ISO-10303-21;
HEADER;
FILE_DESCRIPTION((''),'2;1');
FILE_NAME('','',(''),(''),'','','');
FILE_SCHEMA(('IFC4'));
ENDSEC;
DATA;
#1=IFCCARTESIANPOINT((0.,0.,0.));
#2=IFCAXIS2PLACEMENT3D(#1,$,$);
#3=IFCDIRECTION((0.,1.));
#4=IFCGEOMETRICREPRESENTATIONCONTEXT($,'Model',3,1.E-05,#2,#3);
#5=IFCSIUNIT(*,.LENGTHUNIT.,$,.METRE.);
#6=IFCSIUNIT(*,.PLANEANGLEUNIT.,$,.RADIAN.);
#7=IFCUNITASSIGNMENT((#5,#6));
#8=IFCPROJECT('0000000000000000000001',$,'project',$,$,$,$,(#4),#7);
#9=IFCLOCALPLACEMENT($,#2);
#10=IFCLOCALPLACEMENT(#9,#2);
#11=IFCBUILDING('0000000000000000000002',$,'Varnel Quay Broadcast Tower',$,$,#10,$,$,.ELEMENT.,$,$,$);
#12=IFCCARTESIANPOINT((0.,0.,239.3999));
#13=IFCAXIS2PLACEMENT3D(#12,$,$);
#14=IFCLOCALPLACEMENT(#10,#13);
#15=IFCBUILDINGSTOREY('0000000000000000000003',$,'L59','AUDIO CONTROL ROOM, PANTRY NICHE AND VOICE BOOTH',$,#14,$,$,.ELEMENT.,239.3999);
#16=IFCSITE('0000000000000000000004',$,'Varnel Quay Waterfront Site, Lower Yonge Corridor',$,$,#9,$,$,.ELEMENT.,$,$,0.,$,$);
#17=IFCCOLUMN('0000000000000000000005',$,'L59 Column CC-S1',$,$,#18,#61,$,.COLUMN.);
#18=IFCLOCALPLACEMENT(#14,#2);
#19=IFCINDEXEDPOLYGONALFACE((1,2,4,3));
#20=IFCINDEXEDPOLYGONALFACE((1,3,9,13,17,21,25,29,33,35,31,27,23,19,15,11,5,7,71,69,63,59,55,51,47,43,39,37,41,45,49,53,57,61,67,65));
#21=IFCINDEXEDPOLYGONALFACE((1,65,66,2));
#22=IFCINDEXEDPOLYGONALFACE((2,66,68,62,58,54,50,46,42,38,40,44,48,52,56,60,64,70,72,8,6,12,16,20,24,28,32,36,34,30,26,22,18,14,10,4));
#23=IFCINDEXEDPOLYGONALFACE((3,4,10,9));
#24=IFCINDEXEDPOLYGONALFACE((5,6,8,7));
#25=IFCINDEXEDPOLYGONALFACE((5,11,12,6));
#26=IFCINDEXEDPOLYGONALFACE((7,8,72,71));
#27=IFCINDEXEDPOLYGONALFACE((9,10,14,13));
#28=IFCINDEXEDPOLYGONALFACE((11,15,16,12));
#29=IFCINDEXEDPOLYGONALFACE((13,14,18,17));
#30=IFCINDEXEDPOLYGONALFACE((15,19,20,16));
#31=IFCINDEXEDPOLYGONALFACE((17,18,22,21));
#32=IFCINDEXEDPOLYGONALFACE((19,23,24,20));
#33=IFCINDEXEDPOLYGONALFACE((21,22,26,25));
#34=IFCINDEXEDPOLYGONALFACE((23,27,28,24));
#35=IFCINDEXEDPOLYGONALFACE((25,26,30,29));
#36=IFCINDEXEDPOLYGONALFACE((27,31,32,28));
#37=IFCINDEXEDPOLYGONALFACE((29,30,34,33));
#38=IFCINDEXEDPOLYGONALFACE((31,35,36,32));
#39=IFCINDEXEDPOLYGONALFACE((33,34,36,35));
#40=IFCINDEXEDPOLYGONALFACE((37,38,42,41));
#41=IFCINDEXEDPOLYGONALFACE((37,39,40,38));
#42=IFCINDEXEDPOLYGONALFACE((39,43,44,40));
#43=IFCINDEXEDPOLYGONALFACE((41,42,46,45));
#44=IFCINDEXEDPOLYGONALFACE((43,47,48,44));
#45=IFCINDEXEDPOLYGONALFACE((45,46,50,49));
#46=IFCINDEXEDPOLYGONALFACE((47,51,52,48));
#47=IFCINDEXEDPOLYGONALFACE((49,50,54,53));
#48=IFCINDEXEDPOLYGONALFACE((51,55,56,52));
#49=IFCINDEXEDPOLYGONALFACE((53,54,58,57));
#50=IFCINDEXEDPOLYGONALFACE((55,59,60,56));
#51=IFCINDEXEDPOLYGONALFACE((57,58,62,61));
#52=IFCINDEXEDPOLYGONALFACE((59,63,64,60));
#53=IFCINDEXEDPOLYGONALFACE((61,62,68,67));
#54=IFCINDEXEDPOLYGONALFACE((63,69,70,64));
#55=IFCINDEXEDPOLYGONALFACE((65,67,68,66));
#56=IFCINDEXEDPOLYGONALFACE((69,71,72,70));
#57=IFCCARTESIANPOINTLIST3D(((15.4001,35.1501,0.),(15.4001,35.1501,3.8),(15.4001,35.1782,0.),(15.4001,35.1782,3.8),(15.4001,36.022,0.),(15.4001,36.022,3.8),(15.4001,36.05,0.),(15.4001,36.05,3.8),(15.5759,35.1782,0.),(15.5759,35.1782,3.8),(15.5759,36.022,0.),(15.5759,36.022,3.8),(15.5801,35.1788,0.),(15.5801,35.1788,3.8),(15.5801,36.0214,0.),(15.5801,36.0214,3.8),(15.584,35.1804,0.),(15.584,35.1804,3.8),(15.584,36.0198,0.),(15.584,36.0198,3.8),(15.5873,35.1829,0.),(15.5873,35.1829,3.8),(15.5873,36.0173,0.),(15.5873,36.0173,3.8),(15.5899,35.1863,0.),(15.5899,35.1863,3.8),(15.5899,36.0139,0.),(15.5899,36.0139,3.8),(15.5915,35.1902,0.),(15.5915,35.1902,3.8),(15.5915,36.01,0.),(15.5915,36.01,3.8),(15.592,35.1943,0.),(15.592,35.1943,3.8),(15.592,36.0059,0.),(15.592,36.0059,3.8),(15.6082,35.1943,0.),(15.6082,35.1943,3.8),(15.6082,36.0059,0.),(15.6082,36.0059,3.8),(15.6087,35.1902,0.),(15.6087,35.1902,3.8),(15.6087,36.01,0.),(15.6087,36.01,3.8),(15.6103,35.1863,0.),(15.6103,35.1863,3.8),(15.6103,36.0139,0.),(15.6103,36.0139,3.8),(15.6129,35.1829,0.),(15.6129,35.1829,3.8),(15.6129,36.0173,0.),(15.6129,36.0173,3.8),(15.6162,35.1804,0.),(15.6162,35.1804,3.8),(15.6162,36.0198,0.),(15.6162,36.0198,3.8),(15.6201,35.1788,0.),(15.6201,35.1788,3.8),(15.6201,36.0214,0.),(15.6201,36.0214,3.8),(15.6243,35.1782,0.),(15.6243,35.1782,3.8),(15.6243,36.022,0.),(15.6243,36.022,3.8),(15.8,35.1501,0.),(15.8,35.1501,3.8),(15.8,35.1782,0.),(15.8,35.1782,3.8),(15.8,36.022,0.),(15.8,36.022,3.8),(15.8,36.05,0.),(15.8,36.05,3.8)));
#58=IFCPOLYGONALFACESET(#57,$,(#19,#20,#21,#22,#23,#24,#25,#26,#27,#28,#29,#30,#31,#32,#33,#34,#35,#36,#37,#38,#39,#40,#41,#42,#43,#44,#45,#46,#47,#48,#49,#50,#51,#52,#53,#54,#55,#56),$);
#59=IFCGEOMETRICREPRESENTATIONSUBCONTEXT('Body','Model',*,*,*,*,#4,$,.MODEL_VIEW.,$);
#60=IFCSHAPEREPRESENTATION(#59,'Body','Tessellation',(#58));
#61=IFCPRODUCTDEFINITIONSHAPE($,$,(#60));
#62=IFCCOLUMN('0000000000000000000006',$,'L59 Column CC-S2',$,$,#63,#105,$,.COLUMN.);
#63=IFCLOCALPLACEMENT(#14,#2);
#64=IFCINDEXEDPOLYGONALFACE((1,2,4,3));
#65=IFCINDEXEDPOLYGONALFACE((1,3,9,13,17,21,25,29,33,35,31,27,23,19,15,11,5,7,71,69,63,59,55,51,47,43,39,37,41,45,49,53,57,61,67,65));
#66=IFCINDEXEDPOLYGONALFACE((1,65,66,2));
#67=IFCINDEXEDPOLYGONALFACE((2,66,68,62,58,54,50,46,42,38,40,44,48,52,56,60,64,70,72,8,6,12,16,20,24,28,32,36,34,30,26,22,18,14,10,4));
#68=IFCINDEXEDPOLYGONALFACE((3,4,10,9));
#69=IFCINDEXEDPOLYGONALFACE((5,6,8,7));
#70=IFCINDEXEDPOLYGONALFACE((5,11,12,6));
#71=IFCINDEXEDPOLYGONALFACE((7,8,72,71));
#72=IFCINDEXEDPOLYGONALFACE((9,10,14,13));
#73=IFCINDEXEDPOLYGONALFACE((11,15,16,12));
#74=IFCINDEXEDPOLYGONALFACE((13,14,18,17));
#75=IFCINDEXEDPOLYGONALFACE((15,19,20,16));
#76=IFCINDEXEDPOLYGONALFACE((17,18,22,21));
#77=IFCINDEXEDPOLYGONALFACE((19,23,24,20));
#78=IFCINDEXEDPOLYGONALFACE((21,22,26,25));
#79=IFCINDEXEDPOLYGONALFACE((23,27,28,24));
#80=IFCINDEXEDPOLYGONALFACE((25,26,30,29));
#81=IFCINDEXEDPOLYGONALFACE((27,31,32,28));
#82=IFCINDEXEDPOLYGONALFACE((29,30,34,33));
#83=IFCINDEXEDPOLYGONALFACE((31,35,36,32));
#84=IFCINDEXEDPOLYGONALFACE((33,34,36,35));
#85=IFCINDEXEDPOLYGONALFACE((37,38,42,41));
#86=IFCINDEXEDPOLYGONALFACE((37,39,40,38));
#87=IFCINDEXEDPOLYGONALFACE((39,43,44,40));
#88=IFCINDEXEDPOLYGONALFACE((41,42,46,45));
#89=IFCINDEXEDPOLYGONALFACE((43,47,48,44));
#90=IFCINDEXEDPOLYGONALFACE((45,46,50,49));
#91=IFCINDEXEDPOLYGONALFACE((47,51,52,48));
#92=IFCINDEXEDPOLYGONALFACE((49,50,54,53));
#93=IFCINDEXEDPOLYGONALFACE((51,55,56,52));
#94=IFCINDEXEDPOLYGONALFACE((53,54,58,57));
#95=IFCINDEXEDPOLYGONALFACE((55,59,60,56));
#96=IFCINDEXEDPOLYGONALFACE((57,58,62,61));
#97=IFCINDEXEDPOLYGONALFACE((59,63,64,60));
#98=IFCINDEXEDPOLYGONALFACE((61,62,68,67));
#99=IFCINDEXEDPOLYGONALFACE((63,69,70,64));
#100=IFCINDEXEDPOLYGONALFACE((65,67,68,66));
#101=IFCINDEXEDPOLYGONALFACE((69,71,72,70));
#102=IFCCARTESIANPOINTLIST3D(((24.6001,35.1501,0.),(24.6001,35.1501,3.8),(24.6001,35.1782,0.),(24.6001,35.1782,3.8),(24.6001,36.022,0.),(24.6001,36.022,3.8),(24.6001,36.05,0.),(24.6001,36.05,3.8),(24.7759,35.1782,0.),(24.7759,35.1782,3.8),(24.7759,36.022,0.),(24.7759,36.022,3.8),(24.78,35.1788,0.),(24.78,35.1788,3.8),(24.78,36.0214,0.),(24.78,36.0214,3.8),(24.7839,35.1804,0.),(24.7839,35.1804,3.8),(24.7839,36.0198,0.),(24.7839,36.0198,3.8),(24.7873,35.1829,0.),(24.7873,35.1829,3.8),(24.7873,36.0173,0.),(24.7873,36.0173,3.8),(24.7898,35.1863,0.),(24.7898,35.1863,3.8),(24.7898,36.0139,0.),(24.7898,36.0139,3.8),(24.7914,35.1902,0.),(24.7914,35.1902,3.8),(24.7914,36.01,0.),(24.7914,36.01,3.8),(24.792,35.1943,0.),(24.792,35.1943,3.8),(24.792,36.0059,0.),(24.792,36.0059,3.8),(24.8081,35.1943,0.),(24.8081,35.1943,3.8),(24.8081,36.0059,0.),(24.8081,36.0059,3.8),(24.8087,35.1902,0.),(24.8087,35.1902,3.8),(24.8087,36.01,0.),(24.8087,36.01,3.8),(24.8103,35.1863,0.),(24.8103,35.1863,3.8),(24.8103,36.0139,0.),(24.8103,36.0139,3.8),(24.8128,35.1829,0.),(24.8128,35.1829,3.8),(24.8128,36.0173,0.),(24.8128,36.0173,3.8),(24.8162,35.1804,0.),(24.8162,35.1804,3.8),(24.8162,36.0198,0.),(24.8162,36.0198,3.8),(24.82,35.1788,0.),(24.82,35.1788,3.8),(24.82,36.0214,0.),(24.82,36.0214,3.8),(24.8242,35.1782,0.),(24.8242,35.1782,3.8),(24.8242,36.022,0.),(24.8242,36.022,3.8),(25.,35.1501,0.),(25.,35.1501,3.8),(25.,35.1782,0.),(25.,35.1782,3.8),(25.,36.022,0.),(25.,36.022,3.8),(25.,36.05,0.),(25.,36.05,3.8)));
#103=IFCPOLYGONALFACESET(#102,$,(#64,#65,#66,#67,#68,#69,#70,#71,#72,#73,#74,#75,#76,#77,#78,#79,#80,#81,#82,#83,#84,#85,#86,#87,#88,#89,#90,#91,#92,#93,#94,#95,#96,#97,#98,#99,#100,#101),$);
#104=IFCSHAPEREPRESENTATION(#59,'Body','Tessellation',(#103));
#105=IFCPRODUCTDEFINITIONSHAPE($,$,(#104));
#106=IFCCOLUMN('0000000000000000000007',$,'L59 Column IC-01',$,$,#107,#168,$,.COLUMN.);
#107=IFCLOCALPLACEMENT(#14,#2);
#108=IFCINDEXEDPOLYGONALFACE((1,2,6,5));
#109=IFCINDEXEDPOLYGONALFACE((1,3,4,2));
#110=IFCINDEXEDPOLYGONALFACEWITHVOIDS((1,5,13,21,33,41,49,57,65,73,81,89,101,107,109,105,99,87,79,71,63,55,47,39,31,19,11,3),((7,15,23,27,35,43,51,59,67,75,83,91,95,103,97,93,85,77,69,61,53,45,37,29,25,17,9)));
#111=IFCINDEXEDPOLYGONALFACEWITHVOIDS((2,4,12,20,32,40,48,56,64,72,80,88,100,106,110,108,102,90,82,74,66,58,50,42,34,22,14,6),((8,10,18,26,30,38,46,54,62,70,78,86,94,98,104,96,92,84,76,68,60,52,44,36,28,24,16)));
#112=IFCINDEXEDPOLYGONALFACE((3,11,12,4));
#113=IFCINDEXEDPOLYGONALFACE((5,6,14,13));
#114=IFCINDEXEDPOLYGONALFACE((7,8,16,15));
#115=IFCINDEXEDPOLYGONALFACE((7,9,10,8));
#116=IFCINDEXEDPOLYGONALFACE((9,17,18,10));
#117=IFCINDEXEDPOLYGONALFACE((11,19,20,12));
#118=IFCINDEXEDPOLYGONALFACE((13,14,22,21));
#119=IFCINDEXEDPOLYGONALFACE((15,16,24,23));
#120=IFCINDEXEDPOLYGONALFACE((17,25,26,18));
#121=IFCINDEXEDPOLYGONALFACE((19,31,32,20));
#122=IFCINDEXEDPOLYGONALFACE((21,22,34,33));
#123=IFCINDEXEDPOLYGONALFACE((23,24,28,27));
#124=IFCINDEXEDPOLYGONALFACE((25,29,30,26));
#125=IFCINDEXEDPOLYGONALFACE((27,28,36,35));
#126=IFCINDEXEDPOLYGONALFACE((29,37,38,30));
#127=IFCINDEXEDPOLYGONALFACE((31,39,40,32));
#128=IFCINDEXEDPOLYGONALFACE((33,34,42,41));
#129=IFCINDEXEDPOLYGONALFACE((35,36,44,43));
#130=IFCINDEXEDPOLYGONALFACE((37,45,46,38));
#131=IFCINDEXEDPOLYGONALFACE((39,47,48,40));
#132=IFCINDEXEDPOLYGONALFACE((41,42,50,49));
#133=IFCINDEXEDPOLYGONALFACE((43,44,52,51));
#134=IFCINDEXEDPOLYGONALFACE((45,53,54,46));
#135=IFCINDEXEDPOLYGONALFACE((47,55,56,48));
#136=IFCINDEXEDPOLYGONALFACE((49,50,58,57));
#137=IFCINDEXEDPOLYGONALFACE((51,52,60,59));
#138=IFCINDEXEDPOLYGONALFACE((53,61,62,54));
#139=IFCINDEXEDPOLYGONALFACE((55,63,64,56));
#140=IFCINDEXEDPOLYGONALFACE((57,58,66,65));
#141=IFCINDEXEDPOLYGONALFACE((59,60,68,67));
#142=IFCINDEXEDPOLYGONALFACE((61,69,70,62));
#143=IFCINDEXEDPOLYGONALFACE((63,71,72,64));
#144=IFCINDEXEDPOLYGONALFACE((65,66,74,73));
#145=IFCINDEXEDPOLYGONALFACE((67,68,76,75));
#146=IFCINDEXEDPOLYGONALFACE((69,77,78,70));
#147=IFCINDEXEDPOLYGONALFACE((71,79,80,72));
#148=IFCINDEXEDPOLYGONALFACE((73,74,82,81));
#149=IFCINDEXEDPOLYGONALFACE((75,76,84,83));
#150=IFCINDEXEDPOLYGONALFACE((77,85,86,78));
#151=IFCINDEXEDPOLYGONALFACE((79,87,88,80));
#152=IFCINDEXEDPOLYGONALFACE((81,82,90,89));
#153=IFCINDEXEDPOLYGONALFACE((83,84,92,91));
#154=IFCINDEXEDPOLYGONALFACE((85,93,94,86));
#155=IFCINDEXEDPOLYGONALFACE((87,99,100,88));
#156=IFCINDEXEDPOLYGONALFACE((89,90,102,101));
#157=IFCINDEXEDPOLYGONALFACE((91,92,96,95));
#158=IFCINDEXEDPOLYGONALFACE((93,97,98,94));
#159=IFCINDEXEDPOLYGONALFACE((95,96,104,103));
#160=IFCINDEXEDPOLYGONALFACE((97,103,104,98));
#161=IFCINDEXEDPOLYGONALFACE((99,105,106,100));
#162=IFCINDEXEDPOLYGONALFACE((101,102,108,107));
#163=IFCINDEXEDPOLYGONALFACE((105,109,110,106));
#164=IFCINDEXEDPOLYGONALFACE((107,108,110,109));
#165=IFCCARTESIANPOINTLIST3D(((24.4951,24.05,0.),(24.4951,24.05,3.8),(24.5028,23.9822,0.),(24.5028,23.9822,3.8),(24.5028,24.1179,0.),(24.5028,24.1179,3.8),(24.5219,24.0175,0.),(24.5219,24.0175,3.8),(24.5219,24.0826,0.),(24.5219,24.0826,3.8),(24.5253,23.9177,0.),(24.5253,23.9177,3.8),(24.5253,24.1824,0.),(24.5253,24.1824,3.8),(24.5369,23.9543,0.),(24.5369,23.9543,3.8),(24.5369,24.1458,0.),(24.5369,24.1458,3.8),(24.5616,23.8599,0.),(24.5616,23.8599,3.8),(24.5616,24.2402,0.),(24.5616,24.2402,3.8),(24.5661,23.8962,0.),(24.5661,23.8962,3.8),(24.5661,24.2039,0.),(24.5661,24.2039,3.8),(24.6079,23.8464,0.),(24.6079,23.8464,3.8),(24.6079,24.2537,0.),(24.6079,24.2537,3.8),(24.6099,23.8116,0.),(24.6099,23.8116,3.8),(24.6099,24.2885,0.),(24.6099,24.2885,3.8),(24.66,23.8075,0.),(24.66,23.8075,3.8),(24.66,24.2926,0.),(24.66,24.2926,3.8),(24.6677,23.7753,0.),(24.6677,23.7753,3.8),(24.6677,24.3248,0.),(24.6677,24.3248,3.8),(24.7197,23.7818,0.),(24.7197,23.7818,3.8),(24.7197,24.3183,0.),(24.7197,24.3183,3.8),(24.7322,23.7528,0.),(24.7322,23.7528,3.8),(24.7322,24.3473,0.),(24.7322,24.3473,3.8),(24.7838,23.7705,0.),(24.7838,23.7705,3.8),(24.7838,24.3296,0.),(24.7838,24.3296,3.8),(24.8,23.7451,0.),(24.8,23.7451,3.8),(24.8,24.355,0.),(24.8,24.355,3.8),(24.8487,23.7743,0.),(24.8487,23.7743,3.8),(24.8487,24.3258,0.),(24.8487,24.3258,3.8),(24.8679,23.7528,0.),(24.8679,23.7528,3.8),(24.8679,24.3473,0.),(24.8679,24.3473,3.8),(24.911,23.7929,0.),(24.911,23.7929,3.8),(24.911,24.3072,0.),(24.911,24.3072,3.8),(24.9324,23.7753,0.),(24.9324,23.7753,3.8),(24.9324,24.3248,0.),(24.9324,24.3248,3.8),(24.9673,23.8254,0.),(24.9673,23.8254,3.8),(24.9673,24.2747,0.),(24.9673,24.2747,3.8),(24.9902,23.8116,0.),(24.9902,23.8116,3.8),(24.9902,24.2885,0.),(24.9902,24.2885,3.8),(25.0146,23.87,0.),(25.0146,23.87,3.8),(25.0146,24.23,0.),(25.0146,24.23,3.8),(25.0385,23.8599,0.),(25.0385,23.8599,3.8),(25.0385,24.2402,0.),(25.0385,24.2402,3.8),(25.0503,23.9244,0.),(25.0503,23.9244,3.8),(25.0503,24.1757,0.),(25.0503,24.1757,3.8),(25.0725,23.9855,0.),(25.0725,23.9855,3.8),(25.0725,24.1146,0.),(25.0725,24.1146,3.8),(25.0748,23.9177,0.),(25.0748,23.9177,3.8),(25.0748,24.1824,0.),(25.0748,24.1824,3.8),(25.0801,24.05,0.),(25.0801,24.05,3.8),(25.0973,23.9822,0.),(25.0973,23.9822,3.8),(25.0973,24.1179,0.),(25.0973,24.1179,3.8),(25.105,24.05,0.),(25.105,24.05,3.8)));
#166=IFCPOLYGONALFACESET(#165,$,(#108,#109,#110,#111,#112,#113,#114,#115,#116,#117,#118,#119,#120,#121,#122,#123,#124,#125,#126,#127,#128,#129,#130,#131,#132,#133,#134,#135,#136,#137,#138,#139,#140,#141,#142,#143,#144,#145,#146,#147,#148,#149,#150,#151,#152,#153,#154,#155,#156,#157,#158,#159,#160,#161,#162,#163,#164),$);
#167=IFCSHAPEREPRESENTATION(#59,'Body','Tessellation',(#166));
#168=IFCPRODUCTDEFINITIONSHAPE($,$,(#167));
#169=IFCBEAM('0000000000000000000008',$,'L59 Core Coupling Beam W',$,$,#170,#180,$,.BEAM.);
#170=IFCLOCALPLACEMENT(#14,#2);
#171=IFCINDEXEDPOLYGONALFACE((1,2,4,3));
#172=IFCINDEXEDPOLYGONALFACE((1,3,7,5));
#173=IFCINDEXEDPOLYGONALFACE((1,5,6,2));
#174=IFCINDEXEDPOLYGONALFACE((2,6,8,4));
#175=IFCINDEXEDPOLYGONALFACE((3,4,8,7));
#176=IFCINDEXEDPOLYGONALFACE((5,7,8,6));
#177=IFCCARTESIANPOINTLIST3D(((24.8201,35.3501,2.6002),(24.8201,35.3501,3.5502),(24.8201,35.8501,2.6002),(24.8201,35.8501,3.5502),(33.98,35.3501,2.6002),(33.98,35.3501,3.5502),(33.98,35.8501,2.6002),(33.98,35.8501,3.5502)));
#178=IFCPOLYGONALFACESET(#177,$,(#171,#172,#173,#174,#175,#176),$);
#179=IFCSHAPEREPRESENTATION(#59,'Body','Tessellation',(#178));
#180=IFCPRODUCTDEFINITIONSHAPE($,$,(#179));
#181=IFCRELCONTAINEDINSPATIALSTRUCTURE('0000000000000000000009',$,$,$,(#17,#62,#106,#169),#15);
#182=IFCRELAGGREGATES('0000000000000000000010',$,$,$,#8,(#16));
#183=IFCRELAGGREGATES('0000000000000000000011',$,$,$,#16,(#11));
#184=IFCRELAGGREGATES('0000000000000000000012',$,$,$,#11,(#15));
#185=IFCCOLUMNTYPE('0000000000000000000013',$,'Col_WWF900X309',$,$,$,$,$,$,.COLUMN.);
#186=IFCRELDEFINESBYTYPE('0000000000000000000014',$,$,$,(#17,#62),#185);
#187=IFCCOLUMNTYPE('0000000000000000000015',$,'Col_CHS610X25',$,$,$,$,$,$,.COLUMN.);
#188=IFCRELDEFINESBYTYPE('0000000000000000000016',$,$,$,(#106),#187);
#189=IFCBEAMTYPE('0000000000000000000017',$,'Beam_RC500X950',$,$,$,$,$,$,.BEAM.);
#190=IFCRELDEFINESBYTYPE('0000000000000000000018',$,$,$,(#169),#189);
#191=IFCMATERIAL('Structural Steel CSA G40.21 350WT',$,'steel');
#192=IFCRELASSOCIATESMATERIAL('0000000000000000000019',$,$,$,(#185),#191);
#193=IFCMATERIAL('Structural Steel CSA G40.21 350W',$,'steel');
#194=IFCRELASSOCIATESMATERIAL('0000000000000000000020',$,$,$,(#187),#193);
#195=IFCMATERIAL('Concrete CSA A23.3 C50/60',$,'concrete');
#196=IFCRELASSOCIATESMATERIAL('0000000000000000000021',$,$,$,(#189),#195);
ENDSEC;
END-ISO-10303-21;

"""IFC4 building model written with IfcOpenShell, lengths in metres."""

from ifc_helpers import new_model, si_unit, direction, frame, origin, origin_2d, place, context, subcontext, project, spatial, rectangle, hollow_circle, i_section, extrude, source, transform, mapped, material, material_profile, profile_set, type_object, type_shapes, element, save


model = new_model("IFC4")

# Units and contexts
model_context = context("Model", 3, precision=1e-05, world=origin(), true_north=direction((0.0, 1.0)))
body_context = subcontext(model_context, "Body", "Model", "MODEL_VIEW")
ifc_project = project(units=[si_unit("LENGTHUNIT", "METRE"), si_unit("PLANEANGLEUNIT", "RADIAN")], contexts=[model_context])

# Site, building, storey
site_placement = place(None, origin())
site = spatial("IfcSite", under=ifc_project, at=site_placement, Name="Varnel Quay Waterfront Site, Lower Yonge Corridor", CompositionType="ELEMENT", RefElevation=0.0)
building_placement = place(site_placement, origin())
building = spatial("IfcBuilding", under=site, at=building_placement, Name="Varnel Quay Broadcast Tower", CompositionType="ELEMENT")
storey_placement = place(building_placement, frame((0.0, 0.0, 239.3999)))
storey = spatial("IfcBuildingStorey", under=building, at=storey_placement, Name="L59", Description="AUDIO CONTROL ROOM, PANTRY NICHE AND VOICE BOOTH", CompositionType="ELEMENT", Elevation=239.3999)

# Columns
ifc_material_1 = material(Name="Structural Steel CSA G40.21 350WT", Category="steel")
ifc_material_profile_1 = material_profile(ifc_material_1, i_section(OverallWidth=0.3999, OverallDepth=0.8999, WebThickness=0.0161, FlangeThickness=0.0281, FilletRadius=0.0161, at=origin_2d()), Name="WWF900X309")
ifc_profile_set_1 = profile_set([ifc_material_profile_1], Name="Structural Steel CSA G40.21 350WT")
column_type_1 = type_object("IfcColumnType", Name="Col_WWF900X309", PredefinedType="COLUMN", material=ifc_profile_set_1)
shared_shape_1 = source(origin(), body_context, "Body", "SweptSolid", [
    extrude(i_section(OverallWidth=0.3999, OverallDepth=0.8999, WebThickness=0.0161, FlangeThickness=0.0281, FilletRadius=0.0161, at=origin_2d()), origin(), (0.0, 0.0, 1.0), 3.8),
])
type_shapes(column_type_1, [shared_shape_1])
for number, where, z_axis, x_axis, name in (
    (1, (15.6001, 35.6001, 0.0), (0.0, 0.0, 1.0), (1.0, 0.0, 0.0), "L59 Column CC-S1"),
    (2, (24.8, 35.6001, 0.0), (0.0, 0.0, 1.0), (1.0, 0.0, 0.0), "L59 Column CC-S2"),
):
    element("IfcColumn", number, at=place(storey_placement, frame(where, z_axis=z_axis, x_axis=x_axis)), inside=storey, type_object=column_type_1, Name=name, PredefinedType="COLUMN", context=body_context, shape_type="MappedRepresentation", body=[
        mapped(shared_shape_1, transform((0.0, 0.0, 0.0), x_axis=(1.0, 0.0, 0.0), y_axis=(0.0, 1.0, 0.0), z_axis=(0.0, 0.0, 1.0), scale=1.0)),
    ])
ifc_material_2 = material(Name="Structural Steel CSA G40.21 350W", Category="steel")
ifc_material_profile_2 = material_profile(ifc_material_2, hollow_circle(Radius=0.3049, WallThickness=0.0249, at=origin_2d()), Name="CHS610X25")
ifc_profile_set_2 = profile_set([ifc_material_profile_2], Name="Structural Steel CSA G40.21 350W")
column_type_2 = type_object("IfcColumnType", Name="Col_CHS610X25", PredefinedType="COLUMN", material=ifc_profile_set_2)
shared_shape_2 = source(origin(), body_context, "Body", "SweptSolid", [
    extrude(hollow_circle(Radius=0.3049, WallThickness=0.0249, at=origin_2d()), origin(), (0.0, 0.0, 1.0), 3.8),
])
type_shapes(column_type_2, [shared_shape_2])
column_placement = place(storey_placement, frame((24.8, 24.05, 0.0), z_axis=(0.0, 0.0, 1.0), x_axis=(1.0, 0.0, 0.0)))
element("IfcColumn", 3, at=column_placement, inside=storey, type_object=column_type_2, Name="L59 Column IC-01", PredefinedType="COLUMN", context=body_context, shape_type="MappedRepresentation", body=[
    mapped(shared_shape_2, transform((0.0, 0.0, 0.0), x_axis=(1.0, 0.0, 0.0), y_axis=(0.0, 1.0, 0.0), z_axis=(0.0, 0.0, 1.0), scale=1.0)),
])

# Beam
ifc_material_3 = material(Name="Concrete CSA A23.3 C50/60", Category="concrete")
ifc_material_profile_3 = material_profile(ifc_material_3, rectangle(XDim=0.5, YDim=0.95, at=origin_2d()), Name="RC500X950")
ifc_profile_set_3 = profile_set([ifc_material_profile_3], Name="Concrete CSA A23.3 C50/60")
beam_type_1 = type_object("IfcBeamType", Name="Beam_RC500X950", PredefinedType="BEAM", material=ifc_profile_set_3)
shared_shape_3 = source(origin(), body_context, "Body", "SweptSolid", [
    extrude(rectangle(XDim=0.5, YDim=0.95, at=origin_2d()), origin(), (0.0, 0.0, 1.0), 9.1599),
])
type_shapes(beam_type_1, [shared_shape_3])
beam_1_placement = place(storey_placement, frame((24.8201, 35.6001, 3.0752), z_axis=(1.0, 0.0, 0.0), x_axis=(0.0, 1.0, 0.0)))
element("IfcBeam", 4, at=beam_1_placement, inside=storey, type_object=beam_type_1, Name="L59 Core Coupling Beam W", PredefinedType="BEAM", context=body_context, shape_type="MappedRepresentation", body=[
    mapped(shared_shape_3, transform((0.0, 0.0, 0.0), x_axis=(1.0, 0.0, 0.0), y_axis=(0.0, 1.0, 0.0), z_axis=(0.0, 0.0, 1.0), scale=1.0)),
])

save(model, "model.ifc")
